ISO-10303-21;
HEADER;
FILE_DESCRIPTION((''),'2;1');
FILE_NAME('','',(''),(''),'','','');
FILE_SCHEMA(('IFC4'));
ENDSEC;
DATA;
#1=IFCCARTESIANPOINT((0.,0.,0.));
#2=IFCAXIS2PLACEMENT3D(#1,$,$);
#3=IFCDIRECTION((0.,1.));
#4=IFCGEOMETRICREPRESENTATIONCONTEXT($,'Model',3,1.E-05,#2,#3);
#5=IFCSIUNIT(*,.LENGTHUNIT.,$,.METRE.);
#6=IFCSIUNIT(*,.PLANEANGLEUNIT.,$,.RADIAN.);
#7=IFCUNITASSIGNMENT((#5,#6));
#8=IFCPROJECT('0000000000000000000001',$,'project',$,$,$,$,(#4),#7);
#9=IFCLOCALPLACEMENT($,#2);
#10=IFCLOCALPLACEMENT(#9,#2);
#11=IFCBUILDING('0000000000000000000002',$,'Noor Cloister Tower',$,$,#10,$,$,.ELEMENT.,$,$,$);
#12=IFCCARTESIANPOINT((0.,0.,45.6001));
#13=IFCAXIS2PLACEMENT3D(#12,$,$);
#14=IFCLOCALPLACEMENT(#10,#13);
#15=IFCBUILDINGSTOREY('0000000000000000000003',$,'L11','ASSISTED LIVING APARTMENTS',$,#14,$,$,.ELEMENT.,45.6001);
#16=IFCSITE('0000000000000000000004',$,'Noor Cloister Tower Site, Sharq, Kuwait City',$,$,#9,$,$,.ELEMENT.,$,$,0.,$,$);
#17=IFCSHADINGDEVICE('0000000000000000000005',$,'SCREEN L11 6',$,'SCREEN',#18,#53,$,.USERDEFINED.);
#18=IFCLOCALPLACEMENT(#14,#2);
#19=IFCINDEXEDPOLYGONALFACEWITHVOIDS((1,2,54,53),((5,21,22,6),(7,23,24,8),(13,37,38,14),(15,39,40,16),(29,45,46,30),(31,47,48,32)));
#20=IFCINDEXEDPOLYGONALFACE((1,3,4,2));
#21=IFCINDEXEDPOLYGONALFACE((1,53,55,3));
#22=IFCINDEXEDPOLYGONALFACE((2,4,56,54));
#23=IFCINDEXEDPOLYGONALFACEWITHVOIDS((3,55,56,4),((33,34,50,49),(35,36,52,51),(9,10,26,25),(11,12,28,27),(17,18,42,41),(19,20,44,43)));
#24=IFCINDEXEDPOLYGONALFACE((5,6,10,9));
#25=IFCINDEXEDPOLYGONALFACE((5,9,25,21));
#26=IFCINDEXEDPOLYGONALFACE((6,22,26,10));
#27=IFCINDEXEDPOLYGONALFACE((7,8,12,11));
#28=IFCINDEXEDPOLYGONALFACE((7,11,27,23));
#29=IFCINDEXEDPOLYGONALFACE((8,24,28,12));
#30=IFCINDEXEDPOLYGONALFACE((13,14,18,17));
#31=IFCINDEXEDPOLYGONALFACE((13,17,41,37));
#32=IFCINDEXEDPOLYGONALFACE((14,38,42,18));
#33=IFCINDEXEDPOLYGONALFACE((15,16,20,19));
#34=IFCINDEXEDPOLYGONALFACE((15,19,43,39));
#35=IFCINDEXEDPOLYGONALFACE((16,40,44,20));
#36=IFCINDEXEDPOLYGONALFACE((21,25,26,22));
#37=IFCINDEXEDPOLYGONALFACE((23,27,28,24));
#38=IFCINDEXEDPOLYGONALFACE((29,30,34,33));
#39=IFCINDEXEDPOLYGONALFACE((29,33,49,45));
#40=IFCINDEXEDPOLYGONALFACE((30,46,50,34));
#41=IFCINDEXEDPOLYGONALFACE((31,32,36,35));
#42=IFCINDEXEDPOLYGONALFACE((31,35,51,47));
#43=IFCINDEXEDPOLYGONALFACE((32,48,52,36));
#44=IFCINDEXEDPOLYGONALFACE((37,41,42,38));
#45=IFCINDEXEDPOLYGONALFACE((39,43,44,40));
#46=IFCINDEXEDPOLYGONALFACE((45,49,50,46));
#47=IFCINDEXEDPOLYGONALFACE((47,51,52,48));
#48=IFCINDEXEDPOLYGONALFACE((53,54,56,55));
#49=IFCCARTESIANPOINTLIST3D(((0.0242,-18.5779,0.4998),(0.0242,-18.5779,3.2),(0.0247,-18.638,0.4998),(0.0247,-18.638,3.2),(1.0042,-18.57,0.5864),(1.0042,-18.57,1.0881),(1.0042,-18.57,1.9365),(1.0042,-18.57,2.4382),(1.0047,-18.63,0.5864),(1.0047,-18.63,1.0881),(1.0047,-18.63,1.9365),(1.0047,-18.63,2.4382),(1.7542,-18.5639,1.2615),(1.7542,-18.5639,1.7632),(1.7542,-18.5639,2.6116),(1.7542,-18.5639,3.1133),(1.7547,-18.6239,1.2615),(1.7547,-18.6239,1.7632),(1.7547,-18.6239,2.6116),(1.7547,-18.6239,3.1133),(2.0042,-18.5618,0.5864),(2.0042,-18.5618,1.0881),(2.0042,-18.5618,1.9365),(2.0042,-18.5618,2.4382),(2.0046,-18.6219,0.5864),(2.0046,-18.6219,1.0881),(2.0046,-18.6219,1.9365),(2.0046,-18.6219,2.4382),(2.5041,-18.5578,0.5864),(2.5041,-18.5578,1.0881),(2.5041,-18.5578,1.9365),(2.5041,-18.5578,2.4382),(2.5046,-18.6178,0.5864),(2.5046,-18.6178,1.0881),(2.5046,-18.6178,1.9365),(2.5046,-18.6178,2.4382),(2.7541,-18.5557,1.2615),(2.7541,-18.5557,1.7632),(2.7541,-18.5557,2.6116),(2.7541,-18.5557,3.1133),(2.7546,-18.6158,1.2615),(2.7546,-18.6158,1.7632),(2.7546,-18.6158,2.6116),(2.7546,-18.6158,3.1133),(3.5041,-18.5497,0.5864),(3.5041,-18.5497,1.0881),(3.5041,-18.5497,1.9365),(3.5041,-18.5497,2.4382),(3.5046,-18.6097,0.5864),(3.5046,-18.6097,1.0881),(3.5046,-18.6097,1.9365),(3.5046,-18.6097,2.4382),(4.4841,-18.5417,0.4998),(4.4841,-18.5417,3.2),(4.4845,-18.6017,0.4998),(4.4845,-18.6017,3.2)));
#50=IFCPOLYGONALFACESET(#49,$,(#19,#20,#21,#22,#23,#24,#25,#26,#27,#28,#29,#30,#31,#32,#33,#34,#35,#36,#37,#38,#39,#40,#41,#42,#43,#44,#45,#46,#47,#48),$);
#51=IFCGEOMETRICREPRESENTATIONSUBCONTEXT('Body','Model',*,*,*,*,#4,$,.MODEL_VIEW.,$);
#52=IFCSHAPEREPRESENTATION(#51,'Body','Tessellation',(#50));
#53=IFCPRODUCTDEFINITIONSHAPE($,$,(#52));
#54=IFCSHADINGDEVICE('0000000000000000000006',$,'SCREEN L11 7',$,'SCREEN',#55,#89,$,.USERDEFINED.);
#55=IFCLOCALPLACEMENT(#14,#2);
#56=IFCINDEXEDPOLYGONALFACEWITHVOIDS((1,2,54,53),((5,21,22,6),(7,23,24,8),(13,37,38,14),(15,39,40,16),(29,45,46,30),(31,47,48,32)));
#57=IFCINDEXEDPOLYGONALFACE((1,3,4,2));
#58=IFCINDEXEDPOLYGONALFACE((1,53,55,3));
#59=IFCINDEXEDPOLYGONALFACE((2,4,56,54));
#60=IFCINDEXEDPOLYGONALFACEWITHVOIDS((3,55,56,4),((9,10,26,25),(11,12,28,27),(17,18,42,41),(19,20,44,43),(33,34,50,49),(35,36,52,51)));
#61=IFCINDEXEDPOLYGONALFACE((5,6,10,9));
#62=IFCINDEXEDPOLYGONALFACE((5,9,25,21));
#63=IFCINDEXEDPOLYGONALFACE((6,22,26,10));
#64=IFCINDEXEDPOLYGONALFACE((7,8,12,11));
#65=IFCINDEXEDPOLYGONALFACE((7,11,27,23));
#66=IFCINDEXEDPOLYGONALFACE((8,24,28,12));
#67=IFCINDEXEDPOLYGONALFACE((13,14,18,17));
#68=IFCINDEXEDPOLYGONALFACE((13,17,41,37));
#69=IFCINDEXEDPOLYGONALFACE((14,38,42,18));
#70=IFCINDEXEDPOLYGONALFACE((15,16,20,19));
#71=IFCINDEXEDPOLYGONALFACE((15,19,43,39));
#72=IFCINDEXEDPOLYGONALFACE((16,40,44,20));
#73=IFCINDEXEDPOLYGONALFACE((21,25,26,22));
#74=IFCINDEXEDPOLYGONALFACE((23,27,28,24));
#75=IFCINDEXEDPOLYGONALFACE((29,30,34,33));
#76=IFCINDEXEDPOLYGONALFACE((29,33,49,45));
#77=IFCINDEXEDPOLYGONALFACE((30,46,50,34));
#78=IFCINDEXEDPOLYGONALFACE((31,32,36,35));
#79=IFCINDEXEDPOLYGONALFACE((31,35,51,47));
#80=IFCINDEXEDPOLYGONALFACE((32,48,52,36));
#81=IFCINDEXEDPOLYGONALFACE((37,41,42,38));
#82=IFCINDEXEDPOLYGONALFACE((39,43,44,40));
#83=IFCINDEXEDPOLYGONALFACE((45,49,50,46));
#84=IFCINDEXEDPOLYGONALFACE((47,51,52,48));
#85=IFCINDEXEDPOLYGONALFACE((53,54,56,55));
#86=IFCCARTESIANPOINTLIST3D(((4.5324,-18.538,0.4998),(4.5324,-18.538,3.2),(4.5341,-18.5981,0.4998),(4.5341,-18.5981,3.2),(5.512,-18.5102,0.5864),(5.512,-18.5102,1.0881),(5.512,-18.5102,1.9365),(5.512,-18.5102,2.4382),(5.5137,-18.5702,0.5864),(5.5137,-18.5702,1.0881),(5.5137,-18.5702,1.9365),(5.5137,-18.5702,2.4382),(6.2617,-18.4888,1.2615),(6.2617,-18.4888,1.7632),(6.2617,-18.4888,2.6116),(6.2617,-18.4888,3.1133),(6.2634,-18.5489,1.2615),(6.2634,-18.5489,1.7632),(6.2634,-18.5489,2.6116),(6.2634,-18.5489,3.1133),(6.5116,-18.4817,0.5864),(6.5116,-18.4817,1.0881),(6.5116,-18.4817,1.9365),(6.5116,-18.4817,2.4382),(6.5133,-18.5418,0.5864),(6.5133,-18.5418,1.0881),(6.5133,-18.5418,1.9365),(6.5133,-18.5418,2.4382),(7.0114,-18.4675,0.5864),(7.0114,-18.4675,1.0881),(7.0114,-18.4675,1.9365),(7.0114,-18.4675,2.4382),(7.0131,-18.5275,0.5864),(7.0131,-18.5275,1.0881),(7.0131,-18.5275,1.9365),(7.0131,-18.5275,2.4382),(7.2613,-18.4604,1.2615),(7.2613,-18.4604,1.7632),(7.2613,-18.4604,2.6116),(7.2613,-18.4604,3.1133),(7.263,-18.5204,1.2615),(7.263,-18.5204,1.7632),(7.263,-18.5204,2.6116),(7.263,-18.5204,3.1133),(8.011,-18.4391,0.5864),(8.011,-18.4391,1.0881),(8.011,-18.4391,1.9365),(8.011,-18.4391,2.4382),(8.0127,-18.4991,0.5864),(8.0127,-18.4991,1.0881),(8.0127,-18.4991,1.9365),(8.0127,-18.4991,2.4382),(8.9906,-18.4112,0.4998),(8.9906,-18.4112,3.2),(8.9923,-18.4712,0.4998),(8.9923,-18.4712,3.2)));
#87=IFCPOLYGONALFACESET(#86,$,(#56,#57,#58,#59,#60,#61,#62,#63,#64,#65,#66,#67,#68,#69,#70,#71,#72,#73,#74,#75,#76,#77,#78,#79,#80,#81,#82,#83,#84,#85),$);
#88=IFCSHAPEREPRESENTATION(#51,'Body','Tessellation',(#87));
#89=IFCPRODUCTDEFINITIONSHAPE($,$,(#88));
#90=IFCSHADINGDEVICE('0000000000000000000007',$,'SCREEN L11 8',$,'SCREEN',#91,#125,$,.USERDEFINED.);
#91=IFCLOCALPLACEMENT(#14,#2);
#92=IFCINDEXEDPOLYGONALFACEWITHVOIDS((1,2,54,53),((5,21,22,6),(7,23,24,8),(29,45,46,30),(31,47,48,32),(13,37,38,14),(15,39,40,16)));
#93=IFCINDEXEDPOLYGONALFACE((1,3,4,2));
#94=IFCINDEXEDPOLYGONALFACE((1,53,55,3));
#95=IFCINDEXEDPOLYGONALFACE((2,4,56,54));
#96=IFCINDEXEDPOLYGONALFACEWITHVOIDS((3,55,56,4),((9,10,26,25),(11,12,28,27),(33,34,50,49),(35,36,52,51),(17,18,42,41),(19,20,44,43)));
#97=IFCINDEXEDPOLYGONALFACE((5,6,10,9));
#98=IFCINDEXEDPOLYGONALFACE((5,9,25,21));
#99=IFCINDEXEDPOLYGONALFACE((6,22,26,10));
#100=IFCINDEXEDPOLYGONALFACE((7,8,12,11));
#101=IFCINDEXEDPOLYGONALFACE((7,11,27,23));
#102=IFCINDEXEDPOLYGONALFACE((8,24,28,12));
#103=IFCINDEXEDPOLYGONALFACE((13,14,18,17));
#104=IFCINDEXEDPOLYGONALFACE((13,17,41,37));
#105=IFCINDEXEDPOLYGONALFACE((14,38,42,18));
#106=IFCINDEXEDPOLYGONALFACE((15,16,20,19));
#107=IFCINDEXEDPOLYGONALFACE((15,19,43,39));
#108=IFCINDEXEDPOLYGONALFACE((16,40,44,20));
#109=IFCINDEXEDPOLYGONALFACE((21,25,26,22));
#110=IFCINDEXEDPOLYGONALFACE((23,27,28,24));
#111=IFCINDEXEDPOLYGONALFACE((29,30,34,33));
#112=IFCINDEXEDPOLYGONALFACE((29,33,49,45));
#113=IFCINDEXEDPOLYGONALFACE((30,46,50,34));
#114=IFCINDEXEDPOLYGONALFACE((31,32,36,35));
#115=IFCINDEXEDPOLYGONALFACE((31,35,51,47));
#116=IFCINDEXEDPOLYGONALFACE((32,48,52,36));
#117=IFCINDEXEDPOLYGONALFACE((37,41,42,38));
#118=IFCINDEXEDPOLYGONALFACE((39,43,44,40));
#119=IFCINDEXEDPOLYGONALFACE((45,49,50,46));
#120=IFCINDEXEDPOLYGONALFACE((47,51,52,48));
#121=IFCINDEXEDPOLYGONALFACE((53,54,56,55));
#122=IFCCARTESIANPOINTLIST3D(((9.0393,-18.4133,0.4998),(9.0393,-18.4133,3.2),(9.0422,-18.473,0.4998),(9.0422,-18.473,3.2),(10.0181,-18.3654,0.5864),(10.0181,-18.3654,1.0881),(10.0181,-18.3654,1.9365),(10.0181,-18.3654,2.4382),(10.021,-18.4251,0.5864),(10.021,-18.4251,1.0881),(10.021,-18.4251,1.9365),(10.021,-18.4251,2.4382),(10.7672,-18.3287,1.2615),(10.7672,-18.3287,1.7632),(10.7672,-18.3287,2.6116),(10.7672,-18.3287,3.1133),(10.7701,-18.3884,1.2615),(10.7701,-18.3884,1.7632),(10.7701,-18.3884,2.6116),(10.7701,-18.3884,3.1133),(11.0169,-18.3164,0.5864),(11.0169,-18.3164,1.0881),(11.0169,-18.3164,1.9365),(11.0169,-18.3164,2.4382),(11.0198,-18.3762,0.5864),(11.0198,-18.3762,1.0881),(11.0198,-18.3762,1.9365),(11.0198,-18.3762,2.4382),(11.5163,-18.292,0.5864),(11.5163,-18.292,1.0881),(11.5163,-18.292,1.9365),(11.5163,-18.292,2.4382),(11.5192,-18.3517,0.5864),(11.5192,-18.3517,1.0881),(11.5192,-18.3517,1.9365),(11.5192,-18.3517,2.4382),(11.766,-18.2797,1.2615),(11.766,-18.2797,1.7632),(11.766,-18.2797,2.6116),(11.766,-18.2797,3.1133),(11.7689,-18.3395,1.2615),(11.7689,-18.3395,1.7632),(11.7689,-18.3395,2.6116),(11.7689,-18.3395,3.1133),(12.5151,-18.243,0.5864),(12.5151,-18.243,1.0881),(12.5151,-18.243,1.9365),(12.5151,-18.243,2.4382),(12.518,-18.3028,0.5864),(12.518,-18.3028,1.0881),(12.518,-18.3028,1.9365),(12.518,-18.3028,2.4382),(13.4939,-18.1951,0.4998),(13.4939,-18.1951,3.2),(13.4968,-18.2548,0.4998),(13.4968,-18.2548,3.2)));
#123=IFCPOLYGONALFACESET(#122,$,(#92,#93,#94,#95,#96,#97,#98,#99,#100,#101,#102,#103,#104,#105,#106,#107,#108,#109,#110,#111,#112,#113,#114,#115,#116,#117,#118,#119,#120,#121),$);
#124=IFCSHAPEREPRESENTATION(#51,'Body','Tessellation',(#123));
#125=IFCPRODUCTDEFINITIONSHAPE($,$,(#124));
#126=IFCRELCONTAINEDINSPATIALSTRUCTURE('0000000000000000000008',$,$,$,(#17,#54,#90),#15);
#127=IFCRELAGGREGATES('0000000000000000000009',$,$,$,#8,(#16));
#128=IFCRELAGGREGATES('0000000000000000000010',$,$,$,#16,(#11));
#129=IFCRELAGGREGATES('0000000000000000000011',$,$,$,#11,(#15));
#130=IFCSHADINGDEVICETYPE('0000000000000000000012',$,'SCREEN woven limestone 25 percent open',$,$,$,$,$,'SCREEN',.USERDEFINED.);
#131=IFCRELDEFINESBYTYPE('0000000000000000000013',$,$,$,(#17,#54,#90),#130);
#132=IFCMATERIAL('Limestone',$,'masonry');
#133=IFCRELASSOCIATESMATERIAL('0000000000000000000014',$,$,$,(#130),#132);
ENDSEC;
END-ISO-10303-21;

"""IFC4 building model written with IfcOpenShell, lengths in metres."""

from ifc_helpers import new_model, si_unit, direction, frame, origin, place, context, subcontext, project, spatial, polyline, outline, extrude, material, material_profile, profile_set, type_object, element, save


model = new_model("IFC4")

# Units and contexts
model_context = context("Model", 3, precision=1e-05, world=origin(), true_north=direction((0.0, 1.0)))
body_context = subcontext(model_context, "Body", "Model", "MODEL_VIEW")
ifc_project = project(units=[si_unit("LENGTHUNIT", "METRE"), si_unit("PLANEANGLEUNIT", "RADIAN")], contexts=[model_context])

# Site, building, storey
site_placement = place(None, origin())
site = spatial("IfcSite", under=ifc_project, at=site_placement, Name="Noor Cloister Tower Site, Sharq, Kuwait City", CompositionType="ELEMENT", RefElevation=0.0)
building_placement = place(site_placement, origin())
building = spatial("IfcBuilding", under=site, at=building_placement, Name="Noor Cloister Tower", CompositionType="ELEMENT")
storey_placement = place(building_placement, frame((0.0, 0.0, 45.6001)))
storey = spatial("IfcBuildingStorey", under=building, at=storey_placement, Name="L11", Description="ASSISTED LIVING APARTMENTS", CompositionType="ELEMENT", Elevation=45.6001)

# Shading devices
ifc_material_1 = material(Name="Limestone", Category="masonry")
ifc_material_profile_1 = material_profile(ifc_material_1, outline(polyline([(-2.23, -1.3501), (2.23, -1.3501), (2.23, 1.3501), (-2.23, 1.3501), (-2.23, -1.3501)]), holes=[polyline([(-1.25, -1.2634), (-0.25, -1.2634), (-0.25, -0.7617), (-1.25, -0.7617), (-1.25, -1.2634)]), polyline([(0.25, -1.2634), (1.25, -1.2634), (1.25, -0.7617), (0.25, -0.7617), (0.25, -1.2634)]), polyline([(-0.5, -0.5884), (0.5, -0.5884), (0.5, -0.0867), (-0.5, -0.0867), (-0.5, -0.5884)]), polyline([(-1.25, 0.0867), (-0.25, 0.0867), (-0.25, 0.5884), (-1.25, 0.5884), (-1.25, 0.0867)]), polyline([(0.25, 0.0867), (1.25, 0.0867), (1.25, 0.5884), (0.25, 0.5884), (0.25, 0.0867)]), polyline([(-0.5, 0.7617), (0.5, 0.7617), (0.5, 1.2634), (-0.5, 1.2634), (-0.5, 0.7617)])]), Name="Woven screen 25 percent open")
ifc_profile_set_1 = profile_set([ifc_material_profile_1], Name="Limestone")
shading_device_type = type_object("IfcShadingDeviceType", Name="SCREEN woven limestone 25 percent open", ElementType="SCREEN", PredefinedType="USERDEFINED", material=ifc_profile_set_1)
for number, where, z_axis, x_axis, name in (
    (1, (2.2542, -18.5598, 1.8499), (0.00813, -0.999967, 0.0), (0.999967, 0.00813, 0.0), "SCREEN L11 6"),
    (2, (6.7615, -18.4746, 1.8499), (0.028444, -0.999595, 0.0), (0.999595, 0.028444, 0.0), "SCREEN L11 7"),
):
    element("IfcShadingDevice", number, at=place(storey_placement, frame(where, z_axis=z_axis, x_axis=x_axis)), inside=storey, type_object=shading_device_type, Name=name, ObjectType="SCREEN", PredefinedType="USERDEFINED", context=body_context, shape_type="SweptSolid", body=[
        extrude(outline(polyline([(-2.23, -1.3501), (2.23, -1.3501), (2.23, 1.3501), (-2.23, 1.3501), (-2.23, -1.3501)]), holes=[polyline([(-1.25, -1.2634), (-0.25, -1.2634), (-0.25, -0.7617), (-1.25, -0.7617), (-1.25, -1.2634)]), polyline([(0.25, -1.2634), (1.25, -1.2634), (1.25, -0.7617), (0.25, -0.7617), (0.25, -1.2634)]), polyline([(-0.5, -0.5884), (0.5, -0.5884), (0.5, -0.0867), (-0.5, -0.0867), (-0.5, -0.5884)]), polyline([(-1.25, 0.0867), (-0.25, 0.0867), (-0.25, 0.5884), (-1.25, 0.5884), (-1.25, 0.0867)]), polyline([(0.25, 0.0867), (1.25, 0.0867), (1.25, 0.5884), (0.25, 0.5884), (0.25, 0.0867)]), polyline([(-0.5, 0.7617), (0.5, 0.7617), (0.5, 1.2634), (-0.5, 1.2634), (-0.5, 0.7617)])]), origin(), (0.0, 0.0, 1.0), 0.0601),
    ])
shading_device_placement = place(storey_placement, frame((11.2666, -18.3042, 1.8499), z_axis=(0.048921, -0.998803, 0.0), x_axis=(0.998803, 0.048921, 0.0)))
element("IfcShadingDevice", 3, at=shading_device_placement, inside=storey, type_object=shading_device_type, Name="SCREEN L11 8", ObjectType="SCREEN", PredefinedType="USERDEFINED", context=body_context, shape_type="SweptSolid", body=[
    extrude(outline(polyline([(-2.23, -1.3501), (2.23, -1.3501), (2.23, 1.3501), (-2.23, 1.3501), (-2.23, -1.3501)]), holes=[polyline([(-1.25, -1.2634), (-0.25, -1.2634), (-0.25, -0.7617), (-1.25, -0.7617), (-1.25, -1.2634)]), polyline([(0.25, -1.2634), (1.25, -1.2634), (1.25, -0.7617), (0.25, -0.7617), (0.25, -1.2634)]), polyline([(-0.5, -0.5884), (0.5, -0.5884), (0.5, -0.0867), (-0.5, -0.0867), (-0.5, -0.5884)]), polyline([(-1.25, 0.0867), (-0.25, 0.0867), (-0.25, 0.5884), (-1.25, 0.5884), (-1.25, 0.0867)]), polyline([(0.25, 0.0867), (1.25, 0.0867), (1.25, 0.5884), (0.25, 0.5884), (0.25, 0.0867)]), polyline([(-0.5, 0.7617), (0.5, 0.7617), (0.5, 1.2634), (-0.5, 1.2634), (-0.5, 0.7617)])]), origin(), (0.0, 0.0, 1.0), 0.0598),
])

save(model, "model.ifc")
